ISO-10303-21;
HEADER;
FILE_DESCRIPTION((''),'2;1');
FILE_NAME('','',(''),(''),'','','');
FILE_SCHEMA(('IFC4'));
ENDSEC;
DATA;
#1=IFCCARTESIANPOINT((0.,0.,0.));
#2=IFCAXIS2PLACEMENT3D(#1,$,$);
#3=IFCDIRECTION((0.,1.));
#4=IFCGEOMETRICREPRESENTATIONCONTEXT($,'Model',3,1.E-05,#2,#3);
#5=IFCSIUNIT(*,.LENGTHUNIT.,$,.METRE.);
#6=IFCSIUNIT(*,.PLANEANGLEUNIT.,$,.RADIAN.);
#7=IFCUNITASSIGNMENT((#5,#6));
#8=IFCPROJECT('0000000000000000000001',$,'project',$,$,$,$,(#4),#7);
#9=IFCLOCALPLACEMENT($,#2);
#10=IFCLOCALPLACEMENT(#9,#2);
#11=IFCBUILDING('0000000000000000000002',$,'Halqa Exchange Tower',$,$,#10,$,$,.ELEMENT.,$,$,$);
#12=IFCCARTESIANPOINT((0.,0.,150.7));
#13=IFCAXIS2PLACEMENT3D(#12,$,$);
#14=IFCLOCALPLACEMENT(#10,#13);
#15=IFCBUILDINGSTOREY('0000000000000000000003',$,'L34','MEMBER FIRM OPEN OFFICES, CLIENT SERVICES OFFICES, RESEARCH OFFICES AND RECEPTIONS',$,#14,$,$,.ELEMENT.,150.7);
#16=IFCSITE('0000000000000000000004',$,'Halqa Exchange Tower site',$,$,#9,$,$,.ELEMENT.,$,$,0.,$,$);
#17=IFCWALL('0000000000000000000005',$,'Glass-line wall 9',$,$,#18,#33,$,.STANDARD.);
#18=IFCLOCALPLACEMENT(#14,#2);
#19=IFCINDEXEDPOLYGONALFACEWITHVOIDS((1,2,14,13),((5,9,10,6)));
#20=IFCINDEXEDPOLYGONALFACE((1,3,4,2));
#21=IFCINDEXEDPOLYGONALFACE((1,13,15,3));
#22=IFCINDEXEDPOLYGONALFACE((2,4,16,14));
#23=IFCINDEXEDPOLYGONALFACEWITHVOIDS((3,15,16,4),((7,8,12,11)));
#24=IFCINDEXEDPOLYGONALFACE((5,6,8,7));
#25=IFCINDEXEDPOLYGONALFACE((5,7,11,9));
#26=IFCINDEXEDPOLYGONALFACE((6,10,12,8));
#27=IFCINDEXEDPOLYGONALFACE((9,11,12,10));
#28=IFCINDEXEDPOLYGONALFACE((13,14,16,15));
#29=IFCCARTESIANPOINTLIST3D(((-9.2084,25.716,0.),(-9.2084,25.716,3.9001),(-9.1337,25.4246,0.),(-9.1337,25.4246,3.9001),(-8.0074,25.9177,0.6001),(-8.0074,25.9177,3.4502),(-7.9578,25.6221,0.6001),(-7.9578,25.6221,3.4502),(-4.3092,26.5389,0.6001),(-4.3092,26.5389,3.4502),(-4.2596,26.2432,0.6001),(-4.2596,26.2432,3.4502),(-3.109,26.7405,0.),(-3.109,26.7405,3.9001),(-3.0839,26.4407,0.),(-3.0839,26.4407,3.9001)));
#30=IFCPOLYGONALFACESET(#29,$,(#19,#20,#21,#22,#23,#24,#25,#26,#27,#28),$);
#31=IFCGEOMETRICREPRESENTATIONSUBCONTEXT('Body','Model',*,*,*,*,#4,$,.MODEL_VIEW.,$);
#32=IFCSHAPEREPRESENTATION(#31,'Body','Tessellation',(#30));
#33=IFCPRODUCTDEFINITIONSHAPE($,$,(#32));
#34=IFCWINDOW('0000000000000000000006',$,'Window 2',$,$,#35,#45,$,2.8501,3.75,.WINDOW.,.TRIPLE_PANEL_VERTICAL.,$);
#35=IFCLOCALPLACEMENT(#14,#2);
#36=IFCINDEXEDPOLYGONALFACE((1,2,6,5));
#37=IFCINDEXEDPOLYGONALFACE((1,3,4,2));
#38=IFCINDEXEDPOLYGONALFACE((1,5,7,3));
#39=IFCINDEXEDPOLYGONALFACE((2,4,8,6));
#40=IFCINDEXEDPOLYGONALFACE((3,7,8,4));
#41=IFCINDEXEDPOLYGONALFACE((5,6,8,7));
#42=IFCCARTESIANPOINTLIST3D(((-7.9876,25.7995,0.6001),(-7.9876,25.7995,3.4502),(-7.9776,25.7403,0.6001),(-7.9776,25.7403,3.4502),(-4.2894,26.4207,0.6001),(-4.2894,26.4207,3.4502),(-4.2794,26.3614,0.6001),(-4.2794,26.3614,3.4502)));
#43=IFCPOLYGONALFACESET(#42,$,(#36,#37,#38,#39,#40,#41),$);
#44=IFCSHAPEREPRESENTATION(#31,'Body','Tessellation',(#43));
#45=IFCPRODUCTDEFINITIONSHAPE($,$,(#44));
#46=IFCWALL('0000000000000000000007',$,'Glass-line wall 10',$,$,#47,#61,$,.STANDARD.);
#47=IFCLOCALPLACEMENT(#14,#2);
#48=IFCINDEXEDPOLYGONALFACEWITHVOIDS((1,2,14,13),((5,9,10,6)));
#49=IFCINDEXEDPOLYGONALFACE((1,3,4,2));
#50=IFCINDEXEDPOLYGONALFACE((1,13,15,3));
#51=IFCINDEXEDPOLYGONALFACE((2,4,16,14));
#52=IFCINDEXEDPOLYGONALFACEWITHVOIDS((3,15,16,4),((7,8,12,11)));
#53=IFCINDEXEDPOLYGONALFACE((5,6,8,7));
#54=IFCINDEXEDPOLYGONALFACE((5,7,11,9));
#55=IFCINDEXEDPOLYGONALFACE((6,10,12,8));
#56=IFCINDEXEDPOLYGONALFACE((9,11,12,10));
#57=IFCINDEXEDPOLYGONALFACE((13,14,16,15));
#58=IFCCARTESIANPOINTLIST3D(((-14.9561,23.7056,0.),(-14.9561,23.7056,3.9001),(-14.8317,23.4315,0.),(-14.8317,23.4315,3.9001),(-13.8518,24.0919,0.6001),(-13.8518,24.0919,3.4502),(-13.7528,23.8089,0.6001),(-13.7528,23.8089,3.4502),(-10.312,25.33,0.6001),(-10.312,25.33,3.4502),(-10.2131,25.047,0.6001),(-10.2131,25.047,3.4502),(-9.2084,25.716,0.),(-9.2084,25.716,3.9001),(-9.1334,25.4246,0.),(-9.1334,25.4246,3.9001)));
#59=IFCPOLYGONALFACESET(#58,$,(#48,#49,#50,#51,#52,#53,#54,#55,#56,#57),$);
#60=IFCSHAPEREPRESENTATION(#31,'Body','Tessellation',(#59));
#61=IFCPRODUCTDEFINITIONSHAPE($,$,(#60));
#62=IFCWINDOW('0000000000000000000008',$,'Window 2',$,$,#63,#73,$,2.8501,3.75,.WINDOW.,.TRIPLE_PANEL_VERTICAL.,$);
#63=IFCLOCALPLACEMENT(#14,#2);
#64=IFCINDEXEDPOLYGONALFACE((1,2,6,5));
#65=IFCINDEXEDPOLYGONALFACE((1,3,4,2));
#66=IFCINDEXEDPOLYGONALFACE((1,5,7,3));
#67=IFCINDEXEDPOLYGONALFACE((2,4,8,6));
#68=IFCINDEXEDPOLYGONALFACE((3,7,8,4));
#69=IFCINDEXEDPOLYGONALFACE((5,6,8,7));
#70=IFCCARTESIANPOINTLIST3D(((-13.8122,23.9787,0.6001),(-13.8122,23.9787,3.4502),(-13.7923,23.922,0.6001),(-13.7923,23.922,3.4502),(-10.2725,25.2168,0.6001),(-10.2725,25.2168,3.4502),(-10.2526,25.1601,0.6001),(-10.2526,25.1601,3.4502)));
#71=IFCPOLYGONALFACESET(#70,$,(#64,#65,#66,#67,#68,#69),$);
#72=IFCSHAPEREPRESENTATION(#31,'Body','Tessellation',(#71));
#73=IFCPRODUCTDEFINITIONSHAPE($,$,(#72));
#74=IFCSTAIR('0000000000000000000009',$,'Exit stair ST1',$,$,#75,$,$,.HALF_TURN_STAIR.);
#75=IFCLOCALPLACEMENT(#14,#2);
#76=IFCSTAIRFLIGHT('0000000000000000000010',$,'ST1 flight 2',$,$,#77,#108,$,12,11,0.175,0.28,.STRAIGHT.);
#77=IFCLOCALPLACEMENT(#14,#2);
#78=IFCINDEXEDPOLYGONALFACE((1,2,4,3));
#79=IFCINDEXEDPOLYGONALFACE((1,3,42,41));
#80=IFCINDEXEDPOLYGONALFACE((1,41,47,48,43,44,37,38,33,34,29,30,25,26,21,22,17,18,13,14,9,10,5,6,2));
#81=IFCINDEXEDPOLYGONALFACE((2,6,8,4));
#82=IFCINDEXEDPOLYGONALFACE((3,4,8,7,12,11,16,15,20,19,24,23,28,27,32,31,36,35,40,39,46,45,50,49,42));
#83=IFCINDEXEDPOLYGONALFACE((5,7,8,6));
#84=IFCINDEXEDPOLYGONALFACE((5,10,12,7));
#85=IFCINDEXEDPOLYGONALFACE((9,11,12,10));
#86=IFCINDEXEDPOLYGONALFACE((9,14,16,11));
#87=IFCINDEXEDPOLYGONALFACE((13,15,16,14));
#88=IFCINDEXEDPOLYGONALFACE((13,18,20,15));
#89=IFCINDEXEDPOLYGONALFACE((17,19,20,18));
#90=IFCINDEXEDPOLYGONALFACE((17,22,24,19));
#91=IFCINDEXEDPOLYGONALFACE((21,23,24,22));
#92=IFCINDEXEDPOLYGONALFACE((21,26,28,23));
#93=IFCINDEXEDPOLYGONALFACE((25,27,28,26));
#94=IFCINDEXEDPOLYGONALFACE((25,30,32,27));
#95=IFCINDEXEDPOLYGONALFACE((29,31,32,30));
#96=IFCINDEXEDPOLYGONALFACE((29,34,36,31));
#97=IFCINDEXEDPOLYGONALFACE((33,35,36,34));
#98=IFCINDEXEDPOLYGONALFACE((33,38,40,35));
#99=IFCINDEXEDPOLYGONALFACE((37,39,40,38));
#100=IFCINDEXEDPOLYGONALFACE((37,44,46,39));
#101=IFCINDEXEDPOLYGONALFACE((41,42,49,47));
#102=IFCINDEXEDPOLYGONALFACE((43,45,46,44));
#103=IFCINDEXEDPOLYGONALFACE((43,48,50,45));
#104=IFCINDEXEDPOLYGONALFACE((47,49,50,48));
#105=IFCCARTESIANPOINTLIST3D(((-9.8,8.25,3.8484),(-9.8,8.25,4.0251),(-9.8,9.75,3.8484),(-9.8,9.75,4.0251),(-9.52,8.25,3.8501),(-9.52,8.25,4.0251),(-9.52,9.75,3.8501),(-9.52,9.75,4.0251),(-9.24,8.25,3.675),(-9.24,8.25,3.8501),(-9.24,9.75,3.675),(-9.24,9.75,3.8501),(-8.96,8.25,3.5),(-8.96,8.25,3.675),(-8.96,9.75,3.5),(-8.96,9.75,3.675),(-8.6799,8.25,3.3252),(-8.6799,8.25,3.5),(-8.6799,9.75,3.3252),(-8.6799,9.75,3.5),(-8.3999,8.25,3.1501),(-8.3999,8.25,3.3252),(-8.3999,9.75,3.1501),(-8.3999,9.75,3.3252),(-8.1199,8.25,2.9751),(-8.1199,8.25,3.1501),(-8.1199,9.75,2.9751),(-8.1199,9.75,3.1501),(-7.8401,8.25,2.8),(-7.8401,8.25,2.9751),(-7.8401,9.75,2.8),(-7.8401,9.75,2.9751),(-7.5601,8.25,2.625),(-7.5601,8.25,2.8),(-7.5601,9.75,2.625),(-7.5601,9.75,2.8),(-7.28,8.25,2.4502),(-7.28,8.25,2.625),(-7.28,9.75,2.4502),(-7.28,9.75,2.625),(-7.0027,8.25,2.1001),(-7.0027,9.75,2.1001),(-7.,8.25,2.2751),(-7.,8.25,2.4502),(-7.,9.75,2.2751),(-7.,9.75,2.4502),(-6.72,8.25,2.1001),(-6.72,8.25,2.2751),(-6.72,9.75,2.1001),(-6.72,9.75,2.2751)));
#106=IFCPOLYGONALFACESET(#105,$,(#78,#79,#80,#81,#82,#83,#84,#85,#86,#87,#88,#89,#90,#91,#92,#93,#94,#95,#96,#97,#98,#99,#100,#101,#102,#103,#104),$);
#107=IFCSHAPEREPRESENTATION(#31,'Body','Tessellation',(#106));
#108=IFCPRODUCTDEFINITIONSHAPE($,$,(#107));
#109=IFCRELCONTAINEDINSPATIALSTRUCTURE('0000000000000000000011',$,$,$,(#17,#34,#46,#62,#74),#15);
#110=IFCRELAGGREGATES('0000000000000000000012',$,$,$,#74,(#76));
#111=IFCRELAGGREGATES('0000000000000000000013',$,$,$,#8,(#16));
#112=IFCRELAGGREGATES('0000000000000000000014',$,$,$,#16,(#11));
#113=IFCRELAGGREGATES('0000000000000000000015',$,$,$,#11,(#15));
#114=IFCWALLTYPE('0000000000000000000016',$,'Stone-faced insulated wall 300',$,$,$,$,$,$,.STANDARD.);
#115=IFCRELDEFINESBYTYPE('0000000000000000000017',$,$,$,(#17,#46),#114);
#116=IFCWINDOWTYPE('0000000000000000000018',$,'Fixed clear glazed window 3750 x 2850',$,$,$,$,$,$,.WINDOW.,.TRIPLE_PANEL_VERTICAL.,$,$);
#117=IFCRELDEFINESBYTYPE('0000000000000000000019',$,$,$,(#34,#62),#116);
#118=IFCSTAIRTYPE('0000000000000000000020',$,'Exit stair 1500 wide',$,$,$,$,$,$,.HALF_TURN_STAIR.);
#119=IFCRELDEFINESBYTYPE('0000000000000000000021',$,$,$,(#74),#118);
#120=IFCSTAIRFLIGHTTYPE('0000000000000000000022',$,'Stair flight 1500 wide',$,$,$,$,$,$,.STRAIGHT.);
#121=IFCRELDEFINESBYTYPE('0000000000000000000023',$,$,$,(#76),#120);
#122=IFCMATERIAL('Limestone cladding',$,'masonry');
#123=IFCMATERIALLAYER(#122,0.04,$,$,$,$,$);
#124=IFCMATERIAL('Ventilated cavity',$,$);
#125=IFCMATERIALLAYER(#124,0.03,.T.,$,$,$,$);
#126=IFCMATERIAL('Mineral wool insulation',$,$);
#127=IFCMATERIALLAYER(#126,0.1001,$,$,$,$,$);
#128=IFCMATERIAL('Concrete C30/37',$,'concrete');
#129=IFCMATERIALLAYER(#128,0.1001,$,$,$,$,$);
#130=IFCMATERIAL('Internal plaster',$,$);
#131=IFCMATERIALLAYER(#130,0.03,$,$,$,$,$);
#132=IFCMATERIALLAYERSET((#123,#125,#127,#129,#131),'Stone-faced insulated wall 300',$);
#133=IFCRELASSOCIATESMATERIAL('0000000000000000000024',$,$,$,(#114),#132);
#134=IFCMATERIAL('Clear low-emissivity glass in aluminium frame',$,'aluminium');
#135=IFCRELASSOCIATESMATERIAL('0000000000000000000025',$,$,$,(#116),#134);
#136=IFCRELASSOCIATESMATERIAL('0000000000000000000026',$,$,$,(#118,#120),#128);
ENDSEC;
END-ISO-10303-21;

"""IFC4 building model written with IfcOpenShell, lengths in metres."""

from ifc_helpers import new_model, si_unit, direction, frame, frame_2d, origin, place, context, subcontext, project, spatial, polyline, rectangle, outline, extrude, material, layer, layer_set, type_object, element, fill, aggregate, save


model = new_model("IFC4")

# Units and contexts
model_context = context("Model", 3, precision=1e-05, world=origin(), true_north=direction((0.0, 1.0)))
body_context = subcontext(model_context, "Body", "Model", "MODEL_VIEW")
ifc_project = project(units=[si_unit("LENGTHUNIT", "METRE"), si_unit("PLANEANGLEUNIT", "RADIAN")], contexts=[model_context])

# Site, building, storey
site_placement = place(None, origin())
site = spatial("IfcSite", under=ifc_project, at=site_placement, Name="Halqa Exchange Tower site", CompositionType="ELEMENT", RefElevation=0.0)
building_placement = place(site_placement, origin())
building = spatial("IfcBuilding", under=site, at=building_placement, Name="Halqa Exchange Tower", CompositionType="ELEMENT")
storey_placement = place(building_placement, frame((0.0, 0.0, 150.7)))
storey = spatial("IfcBuildingStorey", under=building, at=storey_placement, Name="L34", Description="MEMBER FIRM OPEN OFFICES, CLIENT SERVICES OFFICES, RESEARCH OFFICES AND RECEPTIONS", CompositionType="ELEMENT", Elevation=150.7)

# Shared definitions
ifc_material_1 = material(Name="Concrete C30/37", Category="concrete")

# Walls, openings, windows
ifc_material_2 = material(Name="Limestone cladding", Category="masonry")
ifc_layer_1 = layer(ifc_material_2, 0.04)
ifc_material_3 = material(Name="Ventilated cavity")
ifc_layer_2 = layer(ifc_material_3, 0.03, ventilated=True)
ifc_material_4 = material(Name="Mineral wool insulation")
ifc_layer_3 = layer(ifc_material_4, 0.1001)
ifc_layer_4 = layer(ifc_material_1, 0.1001)
ifc_material_5 = material(Name="Internal plaster")
ifc_layer_5 = layer(ifc_material_5, 0.03)
ifc_layer_set_1 = layer_set([ifc_layer_1, ifc_layer_2, ifc_layer_3, ifc_layer_4, ifc_layer_5], Name="Stone-faced insulated wall 300")
wall_type_1 = type_object("IfcWallType", Name="Stone-faced insulated wall 300", PredefinedType="STANDARD", material=ifc_layer_set_1)
wall_1_placement = place(storey_placement, frame((-3.0964, 26.5906, 0.0), z_axis=(0.0, 0.0, 1.0), x_axis=(-0.986186, -0.165639, 0.0)))
wall_1 = element("IfcWall", 1, at=wall_1_placement, inside=storey, type_object=wall_type_1, Name="Glass-line wall 9", PredefinedType="STANDARD", context=body_context, shape_type="SweptSolid", body=[
    extrude(outline(polyline([(-0.0125, -0.1499), (6.1724, -0.1499), (6.147, 0.1499), (0.0125, 0.1499), (-0.0125, -0.1499)])), origin(), (0.0, 0.0, 1.0), 3.9001),
])
opening_1_placement = place(wall_1_placement, frame((1.2046, 0.0, 0.6001)))
opening_1 = element("IfcOpeningElement", 2, at=opening_1_placement, cuts=wall_1, PredefinedType="OPENING", context=body_context, shape_type="SweptSolid", body=[
    extrude(rectangle(XDim=3.75, YDim=2.8501, at=frame_2d((1.875, 1.425))), frame((0.0, 0.1621, 0.0), z_axis=(0.0, -1.0, 0.0), x_axis=(1.0, 0.0, 0.0)), (0.0, 0.0, 1.0), 0.324),
])
ifc_material_6 = material(Name="Clear low-emissivity glass in aluminium frame", Category="aluminium")
window_type = type_object("IfcWindowType", Name="Fixed clear glazed window 3750 x 2850", PartitioningType="TRIPLE_PANEL_VERTICAL", PredefinedType="WINDOW", material=ifc_material_6)
window_1_placement = place(opening_1_placement, origin())
window_1 = element("IfcWindow", 3, at=window_1_placement, inside=storey, type_object=window_type, Name="Window 2", OverallHeight=2.8501, OverallWidth=3.75, PartitioningType="TRIPLE_PANEL_VERTICAL", PredefinedType="WINDOW", context=body_context, shape_type="SweptSolid", body=[
    extrude(rectangle(XDim=3.75, YDim=2.8501, at=frame_2d((1.875, 1.425))), frame((0.0, 0.03, 0.0), z_axis=(0.0, -1.0, 0.0), x_axis=(1.0, 0.0, 0.0)), (0.0, 0.0, 1.0), 0.0601),
])
fill(opening_1, window_1)
wall_2_placement = place(storey_placement, frame((-9.1709, 25.5703, 0.0), z_axis=(0.0, 0.0, 1.0), x_axis=(-0.943926, -0.330158, 0.0)))
wall_2 = element("IfcWall", 4, at=wall_2_placement, inside=storey, type_object=wall_type_1, Name="Glass-line wall 10", PredefinedType="STANDARD", context=body_context, shape_type="SweptSolid", body=[
    extrude(outline(polyline([(-0.0127, -0.1499), (6.0764, -0.1499), (6.0496, 0.1499), (0.0127, 0.1499), (-0.0127, -0.1499)])), origin(), (0.0, 0.0, 1.0), 3.9001),
])
opening_2_placement = place(wall_2_placement, frame((1.1565, 0.0, 0.6001)))
opening_2 = element("IfcOpeningElement", 5, at=opening_2_placement, cuts=wall_2, PredefinedType="OPENING", context=body_context, shape_type="SweptSolid", body=[
    extrude(rectangle(XDim=3.75, YDim=2.8501, at=frame_2d((1.875, 1.425))), frame((0.0, 0.1621, 0.0), z_axis=(0.0, -1.0, 0.0), x_axis=(1.0, 0.0, 0.0)), (0.0, 0.0, 1.0), 0.324),
])
window_2_placement = place(opening_2_placement, origin())
window_2 = element("IfcWindow", 6, at=window_2_placement, inside=storey, type_object=window_type, Name="Window 2", OverallHeight=2.8501, OverallWidth=3.75, PartitioningType="TRIPLE_PANEL_VERTICAL", PredefinedType="WINDOW", context=body_context, shape_type="SweptSolid", body=[
    extrude(rectangle(XDim=3.75, YDim=2.8501, at=frame_2d((1.875, 1.425))), frame((0.0, 0.03, 0.0), z_axis=(0.0, -1.0, 0.0), x_axis=(1.0, 0.0, 0.0)), (0.0, 0.0, 1.0), 0.0601),
])
fill(opening_2, window_2)

# Stair, stair flight
stair_type = type_object("IfcStairType", Name="Exit stair 1500 wide", PredefinedType="HALF_TURN_STAIR", material=ifc_material_1)
stair_placement = place(storey_placement, origin())
stair = element("IfcStair", 7, at=stair_placement, inside=storey, type_object=stair_type, Name="Exit stair ST1", PredefinedType="HALF_TURN_STAIR")
stair_flight_type = type_object("IfcStairFlightType", Name="Stair flight 1500 wide", PredefinedType="STRAIGHT", material=ifc_material_1)
stair_flight_placement = place(storey_placement, frame((-6.72, 9.0, 2.1001), z_axis=(0.0, 0.0, 1.0), x_axis=(-1.0, 0.0, 0.0)))
stair_flight = element("IfcStairFlight", 8, at=stair_flight_placement, type_object=stair_flight_type, Name="ST1 flight 2", NumberOfRisers=12, NumberOfTreads=11, PredefinedType="STRAIGHT", RiserHeight=0.175, TreadLength=0.28, context=body_context, shape_type="SweptSolid", body=[
    extrude(outline(polyline([(0.0, 0.0), (0.0, 0.175), (0.28, 0.175), (0.28, 0.3501), (0.5601, 0.3501), (0.5601, 0.5249), (0.8401, 0.5249), (0.8401, 0.7), (1.1201, 0.7), (1.1201, 0.875), (1.3999, 0.875), (1.3999, 1.05), (1.6799, 1.05), (1.6799, 1.2251), (1.96, 1.2251), (1.96, 1.3999), (2.24, 1.3999), (2.24, 1.575), (2.52, 1.575), (2.52, 1.75), (2.8, 1.75), (2.8, 1.925), (3.0801, 1.925), (3.0801, 2.1001), (3.0801, 1.7483), (0.2827, 0.0), (0.0, 0.0)])), frame((0.0, 0.75, 0.0), z_axis=(0.0, -1.0, 0.0), x_axis=(1.0, 0.0, 0.0)), (0.0, 0.0, 1.0), 1.5),
])
aggregate(stair, [stair_flight])

save(model, "model.ifc")
